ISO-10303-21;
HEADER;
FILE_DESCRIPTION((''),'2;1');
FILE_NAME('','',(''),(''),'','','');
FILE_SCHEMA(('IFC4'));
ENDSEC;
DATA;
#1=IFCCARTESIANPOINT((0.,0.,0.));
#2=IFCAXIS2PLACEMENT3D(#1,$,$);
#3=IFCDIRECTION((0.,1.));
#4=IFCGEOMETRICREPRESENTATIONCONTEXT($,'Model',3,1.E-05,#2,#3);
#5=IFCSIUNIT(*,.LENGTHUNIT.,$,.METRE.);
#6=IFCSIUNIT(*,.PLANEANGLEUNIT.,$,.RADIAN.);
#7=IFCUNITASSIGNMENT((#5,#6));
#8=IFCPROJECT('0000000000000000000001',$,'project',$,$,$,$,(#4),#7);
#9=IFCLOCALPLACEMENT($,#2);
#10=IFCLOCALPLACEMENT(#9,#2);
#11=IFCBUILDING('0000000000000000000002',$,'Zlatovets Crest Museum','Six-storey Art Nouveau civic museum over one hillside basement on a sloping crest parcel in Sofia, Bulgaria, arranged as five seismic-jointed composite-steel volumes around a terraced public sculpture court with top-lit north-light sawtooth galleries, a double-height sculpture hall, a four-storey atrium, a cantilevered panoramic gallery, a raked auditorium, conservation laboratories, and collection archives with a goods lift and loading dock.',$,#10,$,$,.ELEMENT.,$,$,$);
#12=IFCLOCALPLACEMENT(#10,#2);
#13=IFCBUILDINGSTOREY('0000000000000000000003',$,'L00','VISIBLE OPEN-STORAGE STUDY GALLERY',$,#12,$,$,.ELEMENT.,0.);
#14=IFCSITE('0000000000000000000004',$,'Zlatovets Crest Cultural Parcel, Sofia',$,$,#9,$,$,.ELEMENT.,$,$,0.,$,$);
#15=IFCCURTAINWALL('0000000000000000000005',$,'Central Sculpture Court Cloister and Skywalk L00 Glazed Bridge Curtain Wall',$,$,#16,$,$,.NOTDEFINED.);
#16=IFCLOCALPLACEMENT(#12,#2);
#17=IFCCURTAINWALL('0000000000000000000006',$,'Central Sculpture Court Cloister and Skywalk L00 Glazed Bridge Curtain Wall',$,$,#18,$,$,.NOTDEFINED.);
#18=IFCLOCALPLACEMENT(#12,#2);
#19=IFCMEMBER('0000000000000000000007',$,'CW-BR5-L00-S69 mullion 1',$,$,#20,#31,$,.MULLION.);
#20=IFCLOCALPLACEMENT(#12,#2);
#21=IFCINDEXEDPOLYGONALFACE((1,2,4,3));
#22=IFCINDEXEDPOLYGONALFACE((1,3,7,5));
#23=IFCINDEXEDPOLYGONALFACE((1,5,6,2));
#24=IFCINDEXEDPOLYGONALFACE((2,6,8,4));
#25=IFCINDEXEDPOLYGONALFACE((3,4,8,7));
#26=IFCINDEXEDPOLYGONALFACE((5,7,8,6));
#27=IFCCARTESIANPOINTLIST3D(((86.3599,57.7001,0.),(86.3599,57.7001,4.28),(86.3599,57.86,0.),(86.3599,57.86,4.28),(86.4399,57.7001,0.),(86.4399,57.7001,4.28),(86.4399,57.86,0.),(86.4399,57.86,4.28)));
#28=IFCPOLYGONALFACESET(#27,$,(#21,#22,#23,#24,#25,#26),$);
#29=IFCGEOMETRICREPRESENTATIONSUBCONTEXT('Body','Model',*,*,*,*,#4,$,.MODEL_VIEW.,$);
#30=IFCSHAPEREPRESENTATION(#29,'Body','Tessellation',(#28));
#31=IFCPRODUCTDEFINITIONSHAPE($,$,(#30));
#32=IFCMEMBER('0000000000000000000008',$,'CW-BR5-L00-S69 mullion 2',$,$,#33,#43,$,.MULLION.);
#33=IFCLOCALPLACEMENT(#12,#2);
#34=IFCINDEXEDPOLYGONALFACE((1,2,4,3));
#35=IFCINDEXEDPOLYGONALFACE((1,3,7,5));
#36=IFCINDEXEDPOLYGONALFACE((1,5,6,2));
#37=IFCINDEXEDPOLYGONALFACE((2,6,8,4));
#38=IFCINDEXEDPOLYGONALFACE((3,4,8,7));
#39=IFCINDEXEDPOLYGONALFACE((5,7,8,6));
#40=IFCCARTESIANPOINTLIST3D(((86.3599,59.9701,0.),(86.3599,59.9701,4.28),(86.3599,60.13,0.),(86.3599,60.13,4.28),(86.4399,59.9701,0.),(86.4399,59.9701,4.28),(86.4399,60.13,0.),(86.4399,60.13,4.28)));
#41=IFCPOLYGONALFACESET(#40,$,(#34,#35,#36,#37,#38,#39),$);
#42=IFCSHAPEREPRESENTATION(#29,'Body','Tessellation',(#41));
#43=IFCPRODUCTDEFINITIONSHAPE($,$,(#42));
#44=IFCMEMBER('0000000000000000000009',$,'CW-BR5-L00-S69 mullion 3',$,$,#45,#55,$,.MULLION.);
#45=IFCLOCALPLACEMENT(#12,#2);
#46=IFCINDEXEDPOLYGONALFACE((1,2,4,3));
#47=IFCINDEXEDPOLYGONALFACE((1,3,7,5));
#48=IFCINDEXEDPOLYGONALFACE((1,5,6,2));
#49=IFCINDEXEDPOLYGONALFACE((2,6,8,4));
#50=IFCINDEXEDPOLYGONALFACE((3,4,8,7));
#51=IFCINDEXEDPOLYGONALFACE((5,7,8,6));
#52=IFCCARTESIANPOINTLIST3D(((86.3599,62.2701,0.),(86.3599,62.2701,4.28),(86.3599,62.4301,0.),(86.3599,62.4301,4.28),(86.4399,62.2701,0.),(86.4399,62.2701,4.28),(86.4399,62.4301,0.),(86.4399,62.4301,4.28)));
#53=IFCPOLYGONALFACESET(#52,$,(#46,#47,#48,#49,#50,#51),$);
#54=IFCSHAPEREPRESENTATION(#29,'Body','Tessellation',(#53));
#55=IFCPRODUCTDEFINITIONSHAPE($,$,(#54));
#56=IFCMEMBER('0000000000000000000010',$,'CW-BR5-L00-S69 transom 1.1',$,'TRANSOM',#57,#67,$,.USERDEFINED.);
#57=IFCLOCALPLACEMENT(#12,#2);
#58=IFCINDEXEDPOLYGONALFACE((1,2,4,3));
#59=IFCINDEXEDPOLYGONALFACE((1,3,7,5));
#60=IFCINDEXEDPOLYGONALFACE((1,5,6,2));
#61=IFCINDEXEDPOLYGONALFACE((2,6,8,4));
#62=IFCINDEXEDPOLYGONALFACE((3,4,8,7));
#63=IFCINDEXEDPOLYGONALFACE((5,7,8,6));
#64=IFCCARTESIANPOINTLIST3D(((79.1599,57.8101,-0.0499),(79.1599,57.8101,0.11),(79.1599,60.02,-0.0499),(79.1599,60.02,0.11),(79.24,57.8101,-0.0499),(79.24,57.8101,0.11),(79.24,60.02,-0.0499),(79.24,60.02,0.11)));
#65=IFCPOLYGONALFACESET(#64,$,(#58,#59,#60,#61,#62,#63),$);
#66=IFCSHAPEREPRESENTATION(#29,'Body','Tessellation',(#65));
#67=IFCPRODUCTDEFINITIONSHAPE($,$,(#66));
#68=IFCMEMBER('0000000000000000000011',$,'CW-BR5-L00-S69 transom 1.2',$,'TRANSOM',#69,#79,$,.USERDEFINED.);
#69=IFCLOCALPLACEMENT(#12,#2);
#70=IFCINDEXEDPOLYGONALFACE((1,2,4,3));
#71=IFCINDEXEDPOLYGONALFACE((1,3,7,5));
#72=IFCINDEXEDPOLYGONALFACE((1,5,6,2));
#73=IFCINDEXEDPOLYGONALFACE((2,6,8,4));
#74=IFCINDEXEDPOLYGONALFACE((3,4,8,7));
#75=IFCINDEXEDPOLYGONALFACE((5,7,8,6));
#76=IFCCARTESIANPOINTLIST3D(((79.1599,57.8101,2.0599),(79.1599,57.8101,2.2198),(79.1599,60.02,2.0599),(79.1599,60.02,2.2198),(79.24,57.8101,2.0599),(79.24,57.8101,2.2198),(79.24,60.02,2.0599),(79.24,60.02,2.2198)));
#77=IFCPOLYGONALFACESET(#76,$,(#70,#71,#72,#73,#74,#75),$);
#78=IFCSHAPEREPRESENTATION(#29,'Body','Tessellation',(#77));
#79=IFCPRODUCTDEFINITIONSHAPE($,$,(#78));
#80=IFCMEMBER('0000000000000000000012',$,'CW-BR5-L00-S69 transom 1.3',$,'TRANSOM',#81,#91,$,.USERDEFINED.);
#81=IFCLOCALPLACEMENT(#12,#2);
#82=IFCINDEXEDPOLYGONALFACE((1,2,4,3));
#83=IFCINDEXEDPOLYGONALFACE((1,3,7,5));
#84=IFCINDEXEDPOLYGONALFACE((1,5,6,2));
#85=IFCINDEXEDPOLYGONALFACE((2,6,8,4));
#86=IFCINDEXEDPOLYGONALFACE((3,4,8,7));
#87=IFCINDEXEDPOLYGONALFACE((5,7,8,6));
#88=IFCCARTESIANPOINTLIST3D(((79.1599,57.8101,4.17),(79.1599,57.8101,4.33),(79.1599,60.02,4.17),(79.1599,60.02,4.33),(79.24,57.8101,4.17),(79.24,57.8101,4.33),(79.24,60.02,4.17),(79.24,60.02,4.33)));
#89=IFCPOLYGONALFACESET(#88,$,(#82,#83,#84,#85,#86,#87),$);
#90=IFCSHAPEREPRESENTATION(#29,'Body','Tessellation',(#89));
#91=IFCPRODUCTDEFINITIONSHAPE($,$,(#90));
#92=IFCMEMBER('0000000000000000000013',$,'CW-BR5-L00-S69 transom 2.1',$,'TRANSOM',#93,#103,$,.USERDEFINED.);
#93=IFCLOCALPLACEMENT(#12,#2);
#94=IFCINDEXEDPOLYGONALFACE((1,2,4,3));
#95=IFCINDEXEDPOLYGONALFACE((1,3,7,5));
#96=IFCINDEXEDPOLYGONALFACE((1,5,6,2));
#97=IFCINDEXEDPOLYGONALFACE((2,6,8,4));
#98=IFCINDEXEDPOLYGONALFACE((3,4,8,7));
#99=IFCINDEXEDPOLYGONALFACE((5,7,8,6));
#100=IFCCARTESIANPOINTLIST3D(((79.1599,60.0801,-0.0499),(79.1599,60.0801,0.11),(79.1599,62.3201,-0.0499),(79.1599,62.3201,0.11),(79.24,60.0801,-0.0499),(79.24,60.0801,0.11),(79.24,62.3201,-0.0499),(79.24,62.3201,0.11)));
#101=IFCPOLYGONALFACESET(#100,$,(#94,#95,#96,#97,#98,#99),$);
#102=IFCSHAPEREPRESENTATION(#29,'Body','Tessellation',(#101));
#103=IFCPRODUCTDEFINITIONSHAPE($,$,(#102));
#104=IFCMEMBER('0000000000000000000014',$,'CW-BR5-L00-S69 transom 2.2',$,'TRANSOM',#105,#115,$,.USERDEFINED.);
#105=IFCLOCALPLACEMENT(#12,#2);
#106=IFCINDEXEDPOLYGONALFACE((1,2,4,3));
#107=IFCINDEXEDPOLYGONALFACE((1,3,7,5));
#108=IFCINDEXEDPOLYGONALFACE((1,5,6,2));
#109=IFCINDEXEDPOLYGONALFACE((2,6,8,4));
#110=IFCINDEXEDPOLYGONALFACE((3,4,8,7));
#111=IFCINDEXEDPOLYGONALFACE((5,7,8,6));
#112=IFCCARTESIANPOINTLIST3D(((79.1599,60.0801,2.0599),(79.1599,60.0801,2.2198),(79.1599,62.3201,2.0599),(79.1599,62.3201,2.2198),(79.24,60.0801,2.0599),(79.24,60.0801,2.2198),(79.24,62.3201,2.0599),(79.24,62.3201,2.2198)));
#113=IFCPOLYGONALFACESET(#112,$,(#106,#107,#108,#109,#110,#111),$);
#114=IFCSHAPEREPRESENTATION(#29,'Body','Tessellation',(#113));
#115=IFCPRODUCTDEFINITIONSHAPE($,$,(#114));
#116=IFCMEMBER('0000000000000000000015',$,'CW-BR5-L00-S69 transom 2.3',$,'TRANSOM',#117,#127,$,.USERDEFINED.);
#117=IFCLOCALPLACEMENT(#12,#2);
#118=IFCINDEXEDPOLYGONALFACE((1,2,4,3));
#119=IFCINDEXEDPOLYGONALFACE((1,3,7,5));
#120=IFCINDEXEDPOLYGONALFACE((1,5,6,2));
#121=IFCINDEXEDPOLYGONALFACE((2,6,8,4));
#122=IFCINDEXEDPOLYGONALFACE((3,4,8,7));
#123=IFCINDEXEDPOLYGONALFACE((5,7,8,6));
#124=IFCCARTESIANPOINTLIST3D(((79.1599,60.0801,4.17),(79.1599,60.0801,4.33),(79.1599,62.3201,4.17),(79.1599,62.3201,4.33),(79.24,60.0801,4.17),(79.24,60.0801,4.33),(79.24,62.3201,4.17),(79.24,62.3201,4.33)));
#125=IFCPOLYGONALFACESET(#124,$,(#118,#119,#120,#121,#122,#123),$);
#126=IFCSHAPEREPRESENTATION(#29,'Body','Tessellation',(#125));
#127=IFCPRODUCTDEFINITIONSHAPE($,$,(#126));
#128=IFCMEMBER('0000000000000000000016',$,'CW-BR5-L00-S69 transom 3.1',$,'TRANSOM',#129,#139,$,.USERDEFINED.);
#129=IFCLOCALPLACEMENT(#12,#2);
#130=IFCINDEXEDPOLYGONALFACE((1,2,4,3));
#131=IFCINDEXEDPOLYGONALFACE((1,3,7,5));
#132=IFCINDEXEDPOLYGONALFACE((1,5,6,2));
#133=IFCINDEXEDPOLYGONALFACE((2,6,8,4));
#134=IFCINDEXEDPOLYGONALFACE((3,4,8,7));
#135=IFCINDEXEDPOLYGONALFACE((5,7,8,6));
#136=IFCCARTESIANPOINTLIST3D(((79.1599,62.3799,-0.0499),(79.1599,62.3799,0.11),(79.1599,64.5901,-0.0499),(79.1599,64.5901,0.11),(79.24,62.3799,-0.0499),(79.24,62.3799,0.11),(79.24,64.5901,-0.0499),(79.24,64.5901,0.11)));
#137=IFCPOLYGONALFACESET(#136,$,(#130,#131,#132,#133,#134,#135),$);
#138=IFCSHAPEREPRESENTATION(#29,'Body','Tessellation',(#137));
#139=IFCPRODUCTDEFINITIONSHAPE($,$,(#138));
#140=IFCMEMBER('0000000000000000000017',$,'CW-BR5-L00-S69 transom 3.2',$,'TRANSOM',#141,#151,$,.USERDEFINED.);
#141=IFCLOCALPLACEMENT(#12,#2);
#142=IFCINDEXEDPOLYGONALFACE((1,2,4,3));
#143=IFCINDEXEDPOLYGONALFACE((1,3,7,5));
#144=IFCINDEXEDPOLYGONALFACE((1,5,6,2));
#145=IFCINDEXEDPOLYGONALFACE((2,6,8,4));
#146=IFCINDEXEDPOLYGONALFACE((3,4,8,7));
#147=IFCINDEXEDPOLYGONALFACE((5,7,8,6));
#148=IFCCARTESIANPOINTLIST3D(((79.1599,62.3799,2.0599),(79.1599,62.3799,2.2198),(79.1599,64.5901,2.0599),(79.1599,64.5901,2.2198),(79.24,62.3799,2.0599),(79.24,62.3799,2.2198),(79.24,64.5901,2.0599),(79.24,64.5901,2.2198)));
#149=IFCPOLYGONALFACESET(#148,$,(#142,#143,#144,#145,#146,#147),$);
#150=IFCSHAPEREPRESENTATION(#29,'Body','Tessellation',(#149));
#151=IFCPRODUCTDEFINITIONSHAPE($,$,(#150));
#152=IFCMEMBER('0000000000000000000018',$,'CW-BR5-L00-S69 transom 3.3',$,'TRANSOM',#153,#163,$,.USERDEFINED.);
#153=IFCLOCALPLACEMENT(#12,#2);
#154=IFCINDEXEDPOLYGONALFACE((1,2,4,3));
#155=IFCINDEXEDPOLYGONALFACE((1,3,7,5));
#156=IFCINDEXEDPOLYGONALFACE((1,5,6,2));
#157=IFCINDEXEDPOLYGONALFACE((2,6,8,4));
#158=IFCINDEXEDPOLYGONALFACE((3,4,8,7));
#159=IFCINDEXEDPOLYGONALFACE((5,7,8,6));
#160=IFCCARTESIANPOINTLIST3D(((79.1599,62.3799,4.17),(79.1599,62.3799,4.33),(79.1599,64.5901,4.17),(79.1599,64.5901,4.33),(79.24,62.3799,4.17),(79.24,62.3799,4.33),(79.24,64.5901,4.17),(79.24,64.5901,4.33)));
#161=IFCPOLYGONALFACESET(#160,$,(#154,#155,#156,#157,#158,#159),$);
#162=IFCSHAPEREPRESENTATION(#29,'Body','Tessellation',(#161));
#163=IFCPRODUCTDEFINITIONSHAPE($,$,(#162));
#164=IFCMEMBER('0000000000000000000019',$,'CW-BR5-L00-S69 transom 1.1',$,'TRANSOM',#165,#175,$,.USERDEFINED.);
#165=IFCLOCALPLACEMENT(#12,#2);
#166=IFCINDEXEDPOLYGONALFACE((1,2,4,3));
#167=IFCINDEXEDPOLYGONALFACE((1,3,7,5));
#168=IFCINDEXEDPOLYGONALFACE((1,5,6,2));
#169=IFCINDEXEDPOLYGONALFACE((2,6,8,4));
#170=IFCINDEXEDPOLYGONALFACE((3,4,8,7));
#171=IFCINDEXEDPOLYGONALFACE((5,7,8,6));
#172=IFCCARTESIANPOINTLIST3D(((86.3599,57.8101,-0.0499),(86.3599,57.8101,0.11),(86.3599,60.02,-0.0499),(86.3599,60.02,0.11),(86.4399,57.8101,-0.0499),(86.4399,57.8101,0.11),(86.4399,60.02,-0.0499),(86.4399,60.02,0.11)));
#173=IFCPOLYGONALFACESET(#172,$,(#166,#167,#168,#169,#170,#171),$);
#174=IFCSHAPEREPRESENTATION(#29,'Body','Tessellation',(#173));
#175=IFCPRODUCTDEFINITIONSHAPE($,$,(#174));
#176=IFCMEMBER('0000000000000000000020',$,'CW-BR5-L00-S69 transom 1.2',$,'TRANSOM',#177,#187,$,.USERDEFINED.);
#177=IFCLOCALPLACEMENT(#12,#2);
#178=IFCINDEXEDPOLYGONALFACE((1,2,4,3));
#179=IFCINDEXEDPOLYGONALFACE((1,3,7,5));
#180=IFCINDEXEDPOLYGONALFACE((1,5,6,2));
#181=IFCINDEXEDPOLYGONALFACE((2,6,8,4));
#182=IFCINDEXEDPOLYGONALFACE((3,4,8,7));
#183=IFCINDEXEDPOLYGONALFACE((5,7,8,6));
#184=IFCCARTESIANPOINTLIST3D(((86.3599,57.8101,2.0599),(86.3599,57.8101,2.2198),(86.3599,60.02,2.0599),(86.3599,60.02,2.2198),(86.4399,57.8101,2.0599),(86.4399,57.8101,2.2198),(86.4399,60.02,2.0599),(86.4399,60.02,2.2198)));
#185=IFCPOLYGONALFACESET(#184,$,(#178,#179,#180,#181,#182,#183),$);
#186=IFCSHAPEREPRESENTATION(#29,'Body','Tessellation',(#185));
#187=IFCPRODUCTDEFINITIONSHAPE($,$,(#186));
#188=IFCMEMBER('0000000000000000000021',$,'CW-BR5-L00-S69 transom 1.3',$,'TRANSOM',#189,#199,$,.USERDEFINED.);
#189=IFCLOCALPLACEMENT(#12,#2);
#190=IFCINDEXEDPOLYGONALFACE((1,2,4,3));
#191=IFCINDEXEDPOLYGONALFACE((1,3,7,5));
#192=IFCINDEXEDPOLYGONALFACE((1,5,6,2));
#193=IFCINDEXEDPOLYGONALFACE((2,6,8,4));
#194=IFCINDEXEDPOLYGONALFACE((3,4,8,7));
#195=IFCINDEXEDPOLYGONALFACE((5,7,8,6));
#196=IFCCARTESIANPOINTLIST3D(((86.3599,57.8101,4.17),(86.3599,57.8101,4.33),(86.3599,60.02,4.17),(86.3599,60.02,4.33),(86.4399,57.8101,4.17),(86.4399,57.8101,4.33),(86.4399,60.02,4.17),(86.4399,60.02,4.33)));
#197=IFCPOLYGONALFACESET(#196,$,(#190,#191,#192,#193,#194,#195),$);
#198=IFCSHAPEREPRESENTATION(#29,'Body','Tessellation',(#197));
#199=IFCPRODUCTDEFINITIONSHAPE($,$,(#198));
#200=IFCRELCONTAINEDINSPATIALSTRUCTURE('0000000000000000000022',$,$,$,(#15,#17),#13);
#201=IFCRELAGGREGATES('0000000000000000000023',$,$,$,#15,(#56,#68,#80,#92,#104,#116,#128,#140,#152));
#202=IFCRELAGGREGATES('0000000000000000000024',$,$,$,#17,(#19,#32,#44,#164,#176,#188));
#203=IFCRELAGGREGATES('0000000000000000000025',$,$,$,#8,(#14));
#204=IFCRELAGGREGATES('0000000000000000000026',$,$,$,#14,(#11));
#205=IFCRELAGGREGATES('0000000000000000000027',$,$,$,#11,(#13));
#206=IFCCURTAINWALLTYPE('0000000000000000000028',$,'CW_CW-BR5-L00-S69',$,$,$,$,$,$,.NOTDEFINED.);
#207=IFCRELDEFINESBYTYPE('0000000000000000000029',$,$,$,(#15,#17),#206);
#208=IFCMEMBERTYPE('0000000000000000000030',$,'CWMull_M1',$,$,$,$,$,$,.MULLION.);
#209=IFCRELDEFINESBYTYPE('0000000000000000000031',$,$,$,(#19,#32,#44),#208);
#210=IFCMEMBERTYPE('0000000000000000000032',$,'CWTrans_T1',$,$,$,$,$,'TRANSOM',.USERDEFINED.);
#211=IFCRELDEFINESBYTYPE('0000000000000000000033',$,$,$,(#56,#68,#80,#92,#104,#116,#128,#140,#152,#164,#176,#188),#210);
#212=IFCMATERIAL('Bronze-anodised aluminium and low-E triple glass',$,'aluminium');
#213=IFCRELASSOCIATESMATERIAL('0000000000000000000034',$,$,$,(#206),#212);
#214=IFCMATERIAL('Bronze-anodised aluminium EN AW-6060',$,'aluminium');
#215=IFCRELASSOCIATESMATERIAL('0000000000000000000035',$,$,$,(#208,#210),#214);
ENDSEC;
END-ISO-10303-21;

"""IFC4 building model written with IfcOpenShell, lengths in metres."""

from ifc_helpers import new_model, si_unit, direction, frame, origin, origin_2d, place, context, subcontext, project, spatial, rectangle, extrude, material, material_profile, profile_set, type_object, element, aggregate, save


model = new_model("IFC4")

# Units and contexts
model_context = context("Model", 3, precision=1e-05, world=origin(), true_north=direction((0.0, 1.0)))
body_context = subcontext(model_context, "Body", "Model", "MODEL_VIEW")
ifc_project = project(units=[si_unit("LENGTHUNIT", "METRE"), si_unit("PLANEANGLEUNIT", "RADIAN")], contexts=[model_context])

# Site, building, storey
site_placement = place(None, origin())
site = spatial("IfcSite", under=ifc_project, at=site_placement, Name="Zlatovets Crest Cultural Parcel, Sofia", CompositionType="ELEMENT", RefElevation=0.0)
building_placement = place(site_placement, origin())
building = spatial("IfcBuilding", under=site, at=building_placement, Name="Zlatovets Crest Museum", Description="Six-storey Art Nouveau civic museum over one hillside basement on a sloping crest parcel in Sofia, Bulgaria, arranged as five seismic-jointed composite-steel volumes around a terraced public sculpture court with top-lit north-light sawtooth galleries, a double-height sculpture hall, a four-storey atrium, a cantilevered panoramic gallery, a raked auditorium, conservation laboratories, and collection archives with a goods lift and loading dock.", CompositionType="ELEMENT")
storey_placement = place(building_placement, origin())
storey = spatial("IfcBuildingStorey", under=building, at=storey_placement, Name="L00", Description="VISIBLE OPEN-STORAGE STUDY GALLERY", CompositionType="ELEMENT", Elevation=0.0)

# Shared definitions
ifc_material_1 = material(Name="Bronze-anodised aluminium and low-E triple glass", Category="aluminium")
curtain_wall_type = type_object("IfcCurtainWallType", Name="CW_CW-BR5-L00-S69", PredefinedType="NOTDEFINED", material=ifc_material_1)
ifc_material_2 = material(Name="Bronze-anodised aluminium EN AW-6060", Category="aluminium")
ifc_material_profile_1 = material_profile(ifc_material_2, rectangle(XDim=0.0801, YDim=0.1599, at=origin_2d()), Name="ALU 80x160")
ifc_profile_set_1 = profile_set([ifc_material_profile_1], Name="Bronze-anodised aluminium EN AW-6060")
member_type_1 = type_object("IfcMemberType", Name="CWMull_M1", PredefinedType="MULLION", material=ifc_profile_set_1)

# Curtain wall
curtain_wall_1_placement = place(storey_placement, origin())
curtain_wall_1 = element("IfcCurtainWall", 1, at=curtain_wall_1_placement, inside=storey, type_object=curtain_wall_type, Name="Central Sculpture Court Cloister and Skywalk L00 Glazed Bridge Curtain Wall", PredefinedType="NOTDEFINED")

# Curtain wall, members
curtain_wall_2_placement = place(storey_placement, origin())
curtain_wall_2 = element("IfcCurtainWall", 2, at=curtain_wall_2_placement, inside=storey, type_object=curtain_wall_type, Name="Central Sculpture Court Cloister and Skywalk L00 Glazed Bridge Curtain Wall", PredefinedType="NOTDEFINED")
member_1_placement = place(storey_placement, frame((86.3999, 57.78, 0.0), z_axis=(0.0, 0.0, 1.0), x_axis=(-1.0, 0.0, 0.0)))
member_1 = element("IfcMember", 3, at=member_1_placement, type_object=member_type_1, Name="CW-BR5-L00-S69 mullion 1", PredefinedType="MULLION", context=body_context, shape_type="SweptSolid", body=[
    extrude(rectangle(XDim=0.0801, YDim=0.1599, at=origin_2d()), origin(), (0.0, 0.0, 1.0), 4.28),
])
member_2_placement = place(storey_placement, frame((86.3999, 60.05, 0.0), z_axis=(0.0, 0.0, 1.0), x_axis=(-1.0, 0.0, 0.0)))
member_2 = element("IfcMember", 4, at=member_2_placement, type_object=member_type_1, Name="CW-BR5-L00-S69 mullion 2", PredefinedType="MULLION", context=body_context, shape_type="SweptSolid", body=[
    extrude(rectangle(XDim=0.0801, YDim=0.1599, at=origin_2d()), origin(), (0.0, 0.0, 1.0), 4.28),
])
member_3_placement = place(storey_placement, frame((86.3999, 62.3501, 0.0), z_axis=(0.0, 0.0, 1.0), x_axis=(-1.0, 0.0, 0.0)))
member_3 = element("IfcMember", 5, at=member_3_placement, type_object=member_type_1, Name="CW-BR5-L00-S69 mullion 3", PredefinedType="MULLION", context=body_context, shape_type="SweptSolid", body=[
    extrude(rectangle(XDim=0.0801, YDim=0.1599, at=origin_2d()), origin(), (0.0, 0.0, 1.0), 4.28),
])

# Members
ifc_material_profile_2 = material_profile(ifc_material_2, rectangle(XDim=0.0801, YDim=0.1599, at=origin_2d()), Name="ALU 80x160")
ifc_profile_set_2 = profile_set([ifc_material_profile_2], Name="Bronze-anodised aluminium EN AW-6060")
member_type_2 = type_object("IfcMemberType", Name="CWTrans_T1", ElementType="TRANSOM", PredefinedType="USERDEFINED", material=ifc_profile_set_2)
member_4_placement = place(storey_placement, frame((79.2, 57.8101, 0.03), z_axis=(0.0, 1.0, 0.0), x_axis=(-1.0, 0.0, 0.0)))
member_4 = element("IfcMember", 6, at=member_4_placement, type_object=member_type_2, Name="CW-BR5-L00-S69 transom 1.1", ObjectType="TRANSOM", PredefinedType="USERDEFINED", context=body_context, shape_type="SweptSolid", body=[
    extrude(rectangle(XDim=0.0801, YDim=0.1599, at=origin_2d()), origin(), (0.0, 0.0, 1.0), 2.21),
])
member_5_placement = place(storey_placement, frame((79.2, 57.8101, 2.1399), z_axis=(0.0, 1.0, 0.0), x_axis=(-1.0, 0.0, 0.0)))
member_5 = element("IfcMember", 7, at=member_5_placement, type_object=member_type_2, Name="CW-BR5-L00-S69 transom 1.2", ObjectType="TRANSOM", PredefinedType="USERDEFINED", context=body_context, shape_type="SweptSolid", body=[
    extrude(rectangle(XDim=0.0801, YDim=0.1599, at=origin_2d()), origin(), (0.0, 0.0, 1.0), 2.21),
])
member_6_placement = place(storey_placement, frame((79.2, 57.8101, 4.25), z_axis=(0.0, 1.0, 0.0), x_axis=(-1.0, 0.0, 0.0)))
member_6 = element("IfcMember", 8, at=member_6_placement, type_object=member_type_2, Name="CW-BR5-L00-S69 transom 1.3", ObjectType="TRANSOM", PredefinedType="USERDEFINED", context=body_context, shape_type="SweptSolid", body=[
    extrude(rectangle(XDim=0.0801, YDim=0.1599, at=origin_2d()), origin(), (0.0, 0.0, 1.0), 2.21),
])
member_7_placement = place(storey_placement, frame((79.2, 60.0801, 0.03), z_axis=(0.0, 1.0, 0.0), x_axis=(-1.0, 0.0, 0.0)))
member_7 = element("IfcMember", 9, at=member_7_placement, type_object=member_type_2, Name="CW-BR5-L00-S69 transom 2.1", ObjectType="TRANSOM", PredefinedType="USERDEFINED", context=body_context, shape_type="SweptSolid", body=[
    extrude(rectangle(XDim=0.0801, YDim=0.1599, at=origin_2d()), origin(), (0.0, 0.0, 1.0), 2.24),
])
member_8_placement = place(storey_placement, frame((79.2, 60.0801, 2.1399), z_axis=(0.0, 1.0, 0.0), x_axis=(-1.0, 0.0, 0.0)))
member_8 = element("IfcMember", 10, at=member_8_placement, type_object=member_type_2, Name="CW-BR5-L00-S69 transom 2.2", ObjectType="TRANSOM", PredefinedType="USERDEFINED", context=body_context, shape_type="SweptSolid", body=[
    extrude(rectangle(XDim=0.0801, YDim=0.1599, at=origin_2d()), origin(), (0.0, 0.0, 1.0), 2.24),
])
member_9_placement = place(storey_placement, frame((79.2, 60.0801, 4.25), z_axis=(0.0, 1.0, 0.0), x_axis=(-1.0, 0.0, 0.0)))
member_9 = element("IfcMember", 11, at=member_9_placement, type_object=member_type_2, Name="CW-BR5-L00-S69 transom 2.3", ObjectType="TRANSOM", PredefinedType="USERDEFINED", context=body_context, shape_type="SweptSolid", body=[
    extrude(rectangle(XDim=0.0801, YDim=0.1599, at=origin_2d()), origin(), (0.0, 0.0, 1.0), 2.24),
])
member_10_placement = place(storey_placement, frame((79.2, 62.3799, 0.03), z_axis=(0.0, 1.0, 0.0), x_axis=(-1.0, 0.0, 0.0)))
member_10 = element("IfcMember", 12, at=member_10_placement, type_object=member_type_2, Name="CW-BR5-L00-S69 transom 3.1", ObjectType="TRANSOM", PredefinedType="USERDEFINED", context=body_context, shape_type="SweptSolid", body=[
    extrude(rectangle(XDim=0.0801, YDim=0.1599, at=origin_2d()), origin(), (0.0, 0.0, 1.0), 2.2102),
])
member_11_placement = place(storey_placement, frame((79.2, 62.3799, 2.1399), z_axis=(0.0, 1.0, 0.0), x_axis=(-1.0, 0.0, 0.0)))
member_11 = element("IfcMember", 13, at=member_11_placement, type_object=member_type_2, Name="CW-BR5-L00-S69 transom 3.2", ObjectType="TRANSOM", PredefinedType="USERDEFINED", context=body_context, shape_type="SweptSolid", body=[
    extrude(rectangle(XDim=0.0801, YDim=0.1599, at=origin_2d()), origin(), (0.0, 0.0, 1.0), 2.2102),
])
member_12_placement = place(storey_placement, frame((79.2, 62.3799, 4.25), z_axis=(0.0, 1.0, 0.0), x_axis=(-1.0, 0.0, 0.0)))
member_12 = element("IfcMember", 14, at=member_12_placement, type_object=member_type_2, Name="CW-BR5-L00-S69 transom 3.3", ObjectType="TRANSOM", PredefinedType="USERDEFINED", context=body_context, shape_type="SweptSolid", body=[
    extrude(rectangle(XDim=0.0801, YDim=0.1599, at=origin_2d()), origin(), (0.0, 0.0, 1.0), 2.2102),
])
member_13_placement = place(storey_placement, frame((86.3999, 57.8101, 0.03), z_axis=(0.0, 1.0, 0.0), x_axis=(-1.0, 0.0, 0.0)))
member_13 = element("IfcMember", 15, at=member_13_placement, type_object=member_type_2, Name="CW-BR5-L00-S69 transom 1.1", ObjectType="TRANSOM", PredefinedType="USERDEFINED", context=body_context, shape_type="SweptSolid", body=[
    extrude(rectangle(XDim=0.0801, YDim=0.1599, at=origin_2d()), origin(), (0.0, 0.0, 1.0), 2.21),
])
member_14_placement = place(storey_placement, frame((86.3999, 57.8101, 2.1399), z_axis=(0.0, 1.0, 0.0), x_axis=(-1.0, 0.0, 0.0)))
member_14 = element("IfcMember", 16, at=member_14_placement, type_object=member_type_2, Name="CW-BR5-L00-S69 transom 1.2", ObjectType="TRANSOM", PredefinedType="USERDEFINED", context=body_context, shape_type="SweptSolid", body=[
    extrude(rectangle(XDim=0.0801, YDim=0.1599, at=origin_2d()), origin(), (0.0, 0.0, 1.0), 2.21),
])
member_15_placement = place(storey_placement, frame((86.3999, 57.8101, 4.25), z_axis=(0.0, 1.0, 0.0), x_axis=(-1.0, 0.0, 0.0)))
member_15 = element("IfcMember", 17, at=member_15_placement, type_object=member_type_2, Name="CW-BR5-L00-S69 transom 1.3", ObjectType="TRANSOM", PredefinedType="USERDEFINED", context=body_context, shape_type="SweptSolid", body=[
    extrude(rectangle(XDim=0.0801, YDim=0.1599, at=origin_2d()), origin(), (0.0, 0.0, 1.0), 2.21),
])

aggregate(curtain_wall_1, [member_4, member_5, member_6, member_7, member_8, member_9, member_10, member_11, member_12])
aggregate(curtain_wall_2, [member_1, member_2, member_3, member_13, member_14, member_15])

save(model, "model.ifc")
